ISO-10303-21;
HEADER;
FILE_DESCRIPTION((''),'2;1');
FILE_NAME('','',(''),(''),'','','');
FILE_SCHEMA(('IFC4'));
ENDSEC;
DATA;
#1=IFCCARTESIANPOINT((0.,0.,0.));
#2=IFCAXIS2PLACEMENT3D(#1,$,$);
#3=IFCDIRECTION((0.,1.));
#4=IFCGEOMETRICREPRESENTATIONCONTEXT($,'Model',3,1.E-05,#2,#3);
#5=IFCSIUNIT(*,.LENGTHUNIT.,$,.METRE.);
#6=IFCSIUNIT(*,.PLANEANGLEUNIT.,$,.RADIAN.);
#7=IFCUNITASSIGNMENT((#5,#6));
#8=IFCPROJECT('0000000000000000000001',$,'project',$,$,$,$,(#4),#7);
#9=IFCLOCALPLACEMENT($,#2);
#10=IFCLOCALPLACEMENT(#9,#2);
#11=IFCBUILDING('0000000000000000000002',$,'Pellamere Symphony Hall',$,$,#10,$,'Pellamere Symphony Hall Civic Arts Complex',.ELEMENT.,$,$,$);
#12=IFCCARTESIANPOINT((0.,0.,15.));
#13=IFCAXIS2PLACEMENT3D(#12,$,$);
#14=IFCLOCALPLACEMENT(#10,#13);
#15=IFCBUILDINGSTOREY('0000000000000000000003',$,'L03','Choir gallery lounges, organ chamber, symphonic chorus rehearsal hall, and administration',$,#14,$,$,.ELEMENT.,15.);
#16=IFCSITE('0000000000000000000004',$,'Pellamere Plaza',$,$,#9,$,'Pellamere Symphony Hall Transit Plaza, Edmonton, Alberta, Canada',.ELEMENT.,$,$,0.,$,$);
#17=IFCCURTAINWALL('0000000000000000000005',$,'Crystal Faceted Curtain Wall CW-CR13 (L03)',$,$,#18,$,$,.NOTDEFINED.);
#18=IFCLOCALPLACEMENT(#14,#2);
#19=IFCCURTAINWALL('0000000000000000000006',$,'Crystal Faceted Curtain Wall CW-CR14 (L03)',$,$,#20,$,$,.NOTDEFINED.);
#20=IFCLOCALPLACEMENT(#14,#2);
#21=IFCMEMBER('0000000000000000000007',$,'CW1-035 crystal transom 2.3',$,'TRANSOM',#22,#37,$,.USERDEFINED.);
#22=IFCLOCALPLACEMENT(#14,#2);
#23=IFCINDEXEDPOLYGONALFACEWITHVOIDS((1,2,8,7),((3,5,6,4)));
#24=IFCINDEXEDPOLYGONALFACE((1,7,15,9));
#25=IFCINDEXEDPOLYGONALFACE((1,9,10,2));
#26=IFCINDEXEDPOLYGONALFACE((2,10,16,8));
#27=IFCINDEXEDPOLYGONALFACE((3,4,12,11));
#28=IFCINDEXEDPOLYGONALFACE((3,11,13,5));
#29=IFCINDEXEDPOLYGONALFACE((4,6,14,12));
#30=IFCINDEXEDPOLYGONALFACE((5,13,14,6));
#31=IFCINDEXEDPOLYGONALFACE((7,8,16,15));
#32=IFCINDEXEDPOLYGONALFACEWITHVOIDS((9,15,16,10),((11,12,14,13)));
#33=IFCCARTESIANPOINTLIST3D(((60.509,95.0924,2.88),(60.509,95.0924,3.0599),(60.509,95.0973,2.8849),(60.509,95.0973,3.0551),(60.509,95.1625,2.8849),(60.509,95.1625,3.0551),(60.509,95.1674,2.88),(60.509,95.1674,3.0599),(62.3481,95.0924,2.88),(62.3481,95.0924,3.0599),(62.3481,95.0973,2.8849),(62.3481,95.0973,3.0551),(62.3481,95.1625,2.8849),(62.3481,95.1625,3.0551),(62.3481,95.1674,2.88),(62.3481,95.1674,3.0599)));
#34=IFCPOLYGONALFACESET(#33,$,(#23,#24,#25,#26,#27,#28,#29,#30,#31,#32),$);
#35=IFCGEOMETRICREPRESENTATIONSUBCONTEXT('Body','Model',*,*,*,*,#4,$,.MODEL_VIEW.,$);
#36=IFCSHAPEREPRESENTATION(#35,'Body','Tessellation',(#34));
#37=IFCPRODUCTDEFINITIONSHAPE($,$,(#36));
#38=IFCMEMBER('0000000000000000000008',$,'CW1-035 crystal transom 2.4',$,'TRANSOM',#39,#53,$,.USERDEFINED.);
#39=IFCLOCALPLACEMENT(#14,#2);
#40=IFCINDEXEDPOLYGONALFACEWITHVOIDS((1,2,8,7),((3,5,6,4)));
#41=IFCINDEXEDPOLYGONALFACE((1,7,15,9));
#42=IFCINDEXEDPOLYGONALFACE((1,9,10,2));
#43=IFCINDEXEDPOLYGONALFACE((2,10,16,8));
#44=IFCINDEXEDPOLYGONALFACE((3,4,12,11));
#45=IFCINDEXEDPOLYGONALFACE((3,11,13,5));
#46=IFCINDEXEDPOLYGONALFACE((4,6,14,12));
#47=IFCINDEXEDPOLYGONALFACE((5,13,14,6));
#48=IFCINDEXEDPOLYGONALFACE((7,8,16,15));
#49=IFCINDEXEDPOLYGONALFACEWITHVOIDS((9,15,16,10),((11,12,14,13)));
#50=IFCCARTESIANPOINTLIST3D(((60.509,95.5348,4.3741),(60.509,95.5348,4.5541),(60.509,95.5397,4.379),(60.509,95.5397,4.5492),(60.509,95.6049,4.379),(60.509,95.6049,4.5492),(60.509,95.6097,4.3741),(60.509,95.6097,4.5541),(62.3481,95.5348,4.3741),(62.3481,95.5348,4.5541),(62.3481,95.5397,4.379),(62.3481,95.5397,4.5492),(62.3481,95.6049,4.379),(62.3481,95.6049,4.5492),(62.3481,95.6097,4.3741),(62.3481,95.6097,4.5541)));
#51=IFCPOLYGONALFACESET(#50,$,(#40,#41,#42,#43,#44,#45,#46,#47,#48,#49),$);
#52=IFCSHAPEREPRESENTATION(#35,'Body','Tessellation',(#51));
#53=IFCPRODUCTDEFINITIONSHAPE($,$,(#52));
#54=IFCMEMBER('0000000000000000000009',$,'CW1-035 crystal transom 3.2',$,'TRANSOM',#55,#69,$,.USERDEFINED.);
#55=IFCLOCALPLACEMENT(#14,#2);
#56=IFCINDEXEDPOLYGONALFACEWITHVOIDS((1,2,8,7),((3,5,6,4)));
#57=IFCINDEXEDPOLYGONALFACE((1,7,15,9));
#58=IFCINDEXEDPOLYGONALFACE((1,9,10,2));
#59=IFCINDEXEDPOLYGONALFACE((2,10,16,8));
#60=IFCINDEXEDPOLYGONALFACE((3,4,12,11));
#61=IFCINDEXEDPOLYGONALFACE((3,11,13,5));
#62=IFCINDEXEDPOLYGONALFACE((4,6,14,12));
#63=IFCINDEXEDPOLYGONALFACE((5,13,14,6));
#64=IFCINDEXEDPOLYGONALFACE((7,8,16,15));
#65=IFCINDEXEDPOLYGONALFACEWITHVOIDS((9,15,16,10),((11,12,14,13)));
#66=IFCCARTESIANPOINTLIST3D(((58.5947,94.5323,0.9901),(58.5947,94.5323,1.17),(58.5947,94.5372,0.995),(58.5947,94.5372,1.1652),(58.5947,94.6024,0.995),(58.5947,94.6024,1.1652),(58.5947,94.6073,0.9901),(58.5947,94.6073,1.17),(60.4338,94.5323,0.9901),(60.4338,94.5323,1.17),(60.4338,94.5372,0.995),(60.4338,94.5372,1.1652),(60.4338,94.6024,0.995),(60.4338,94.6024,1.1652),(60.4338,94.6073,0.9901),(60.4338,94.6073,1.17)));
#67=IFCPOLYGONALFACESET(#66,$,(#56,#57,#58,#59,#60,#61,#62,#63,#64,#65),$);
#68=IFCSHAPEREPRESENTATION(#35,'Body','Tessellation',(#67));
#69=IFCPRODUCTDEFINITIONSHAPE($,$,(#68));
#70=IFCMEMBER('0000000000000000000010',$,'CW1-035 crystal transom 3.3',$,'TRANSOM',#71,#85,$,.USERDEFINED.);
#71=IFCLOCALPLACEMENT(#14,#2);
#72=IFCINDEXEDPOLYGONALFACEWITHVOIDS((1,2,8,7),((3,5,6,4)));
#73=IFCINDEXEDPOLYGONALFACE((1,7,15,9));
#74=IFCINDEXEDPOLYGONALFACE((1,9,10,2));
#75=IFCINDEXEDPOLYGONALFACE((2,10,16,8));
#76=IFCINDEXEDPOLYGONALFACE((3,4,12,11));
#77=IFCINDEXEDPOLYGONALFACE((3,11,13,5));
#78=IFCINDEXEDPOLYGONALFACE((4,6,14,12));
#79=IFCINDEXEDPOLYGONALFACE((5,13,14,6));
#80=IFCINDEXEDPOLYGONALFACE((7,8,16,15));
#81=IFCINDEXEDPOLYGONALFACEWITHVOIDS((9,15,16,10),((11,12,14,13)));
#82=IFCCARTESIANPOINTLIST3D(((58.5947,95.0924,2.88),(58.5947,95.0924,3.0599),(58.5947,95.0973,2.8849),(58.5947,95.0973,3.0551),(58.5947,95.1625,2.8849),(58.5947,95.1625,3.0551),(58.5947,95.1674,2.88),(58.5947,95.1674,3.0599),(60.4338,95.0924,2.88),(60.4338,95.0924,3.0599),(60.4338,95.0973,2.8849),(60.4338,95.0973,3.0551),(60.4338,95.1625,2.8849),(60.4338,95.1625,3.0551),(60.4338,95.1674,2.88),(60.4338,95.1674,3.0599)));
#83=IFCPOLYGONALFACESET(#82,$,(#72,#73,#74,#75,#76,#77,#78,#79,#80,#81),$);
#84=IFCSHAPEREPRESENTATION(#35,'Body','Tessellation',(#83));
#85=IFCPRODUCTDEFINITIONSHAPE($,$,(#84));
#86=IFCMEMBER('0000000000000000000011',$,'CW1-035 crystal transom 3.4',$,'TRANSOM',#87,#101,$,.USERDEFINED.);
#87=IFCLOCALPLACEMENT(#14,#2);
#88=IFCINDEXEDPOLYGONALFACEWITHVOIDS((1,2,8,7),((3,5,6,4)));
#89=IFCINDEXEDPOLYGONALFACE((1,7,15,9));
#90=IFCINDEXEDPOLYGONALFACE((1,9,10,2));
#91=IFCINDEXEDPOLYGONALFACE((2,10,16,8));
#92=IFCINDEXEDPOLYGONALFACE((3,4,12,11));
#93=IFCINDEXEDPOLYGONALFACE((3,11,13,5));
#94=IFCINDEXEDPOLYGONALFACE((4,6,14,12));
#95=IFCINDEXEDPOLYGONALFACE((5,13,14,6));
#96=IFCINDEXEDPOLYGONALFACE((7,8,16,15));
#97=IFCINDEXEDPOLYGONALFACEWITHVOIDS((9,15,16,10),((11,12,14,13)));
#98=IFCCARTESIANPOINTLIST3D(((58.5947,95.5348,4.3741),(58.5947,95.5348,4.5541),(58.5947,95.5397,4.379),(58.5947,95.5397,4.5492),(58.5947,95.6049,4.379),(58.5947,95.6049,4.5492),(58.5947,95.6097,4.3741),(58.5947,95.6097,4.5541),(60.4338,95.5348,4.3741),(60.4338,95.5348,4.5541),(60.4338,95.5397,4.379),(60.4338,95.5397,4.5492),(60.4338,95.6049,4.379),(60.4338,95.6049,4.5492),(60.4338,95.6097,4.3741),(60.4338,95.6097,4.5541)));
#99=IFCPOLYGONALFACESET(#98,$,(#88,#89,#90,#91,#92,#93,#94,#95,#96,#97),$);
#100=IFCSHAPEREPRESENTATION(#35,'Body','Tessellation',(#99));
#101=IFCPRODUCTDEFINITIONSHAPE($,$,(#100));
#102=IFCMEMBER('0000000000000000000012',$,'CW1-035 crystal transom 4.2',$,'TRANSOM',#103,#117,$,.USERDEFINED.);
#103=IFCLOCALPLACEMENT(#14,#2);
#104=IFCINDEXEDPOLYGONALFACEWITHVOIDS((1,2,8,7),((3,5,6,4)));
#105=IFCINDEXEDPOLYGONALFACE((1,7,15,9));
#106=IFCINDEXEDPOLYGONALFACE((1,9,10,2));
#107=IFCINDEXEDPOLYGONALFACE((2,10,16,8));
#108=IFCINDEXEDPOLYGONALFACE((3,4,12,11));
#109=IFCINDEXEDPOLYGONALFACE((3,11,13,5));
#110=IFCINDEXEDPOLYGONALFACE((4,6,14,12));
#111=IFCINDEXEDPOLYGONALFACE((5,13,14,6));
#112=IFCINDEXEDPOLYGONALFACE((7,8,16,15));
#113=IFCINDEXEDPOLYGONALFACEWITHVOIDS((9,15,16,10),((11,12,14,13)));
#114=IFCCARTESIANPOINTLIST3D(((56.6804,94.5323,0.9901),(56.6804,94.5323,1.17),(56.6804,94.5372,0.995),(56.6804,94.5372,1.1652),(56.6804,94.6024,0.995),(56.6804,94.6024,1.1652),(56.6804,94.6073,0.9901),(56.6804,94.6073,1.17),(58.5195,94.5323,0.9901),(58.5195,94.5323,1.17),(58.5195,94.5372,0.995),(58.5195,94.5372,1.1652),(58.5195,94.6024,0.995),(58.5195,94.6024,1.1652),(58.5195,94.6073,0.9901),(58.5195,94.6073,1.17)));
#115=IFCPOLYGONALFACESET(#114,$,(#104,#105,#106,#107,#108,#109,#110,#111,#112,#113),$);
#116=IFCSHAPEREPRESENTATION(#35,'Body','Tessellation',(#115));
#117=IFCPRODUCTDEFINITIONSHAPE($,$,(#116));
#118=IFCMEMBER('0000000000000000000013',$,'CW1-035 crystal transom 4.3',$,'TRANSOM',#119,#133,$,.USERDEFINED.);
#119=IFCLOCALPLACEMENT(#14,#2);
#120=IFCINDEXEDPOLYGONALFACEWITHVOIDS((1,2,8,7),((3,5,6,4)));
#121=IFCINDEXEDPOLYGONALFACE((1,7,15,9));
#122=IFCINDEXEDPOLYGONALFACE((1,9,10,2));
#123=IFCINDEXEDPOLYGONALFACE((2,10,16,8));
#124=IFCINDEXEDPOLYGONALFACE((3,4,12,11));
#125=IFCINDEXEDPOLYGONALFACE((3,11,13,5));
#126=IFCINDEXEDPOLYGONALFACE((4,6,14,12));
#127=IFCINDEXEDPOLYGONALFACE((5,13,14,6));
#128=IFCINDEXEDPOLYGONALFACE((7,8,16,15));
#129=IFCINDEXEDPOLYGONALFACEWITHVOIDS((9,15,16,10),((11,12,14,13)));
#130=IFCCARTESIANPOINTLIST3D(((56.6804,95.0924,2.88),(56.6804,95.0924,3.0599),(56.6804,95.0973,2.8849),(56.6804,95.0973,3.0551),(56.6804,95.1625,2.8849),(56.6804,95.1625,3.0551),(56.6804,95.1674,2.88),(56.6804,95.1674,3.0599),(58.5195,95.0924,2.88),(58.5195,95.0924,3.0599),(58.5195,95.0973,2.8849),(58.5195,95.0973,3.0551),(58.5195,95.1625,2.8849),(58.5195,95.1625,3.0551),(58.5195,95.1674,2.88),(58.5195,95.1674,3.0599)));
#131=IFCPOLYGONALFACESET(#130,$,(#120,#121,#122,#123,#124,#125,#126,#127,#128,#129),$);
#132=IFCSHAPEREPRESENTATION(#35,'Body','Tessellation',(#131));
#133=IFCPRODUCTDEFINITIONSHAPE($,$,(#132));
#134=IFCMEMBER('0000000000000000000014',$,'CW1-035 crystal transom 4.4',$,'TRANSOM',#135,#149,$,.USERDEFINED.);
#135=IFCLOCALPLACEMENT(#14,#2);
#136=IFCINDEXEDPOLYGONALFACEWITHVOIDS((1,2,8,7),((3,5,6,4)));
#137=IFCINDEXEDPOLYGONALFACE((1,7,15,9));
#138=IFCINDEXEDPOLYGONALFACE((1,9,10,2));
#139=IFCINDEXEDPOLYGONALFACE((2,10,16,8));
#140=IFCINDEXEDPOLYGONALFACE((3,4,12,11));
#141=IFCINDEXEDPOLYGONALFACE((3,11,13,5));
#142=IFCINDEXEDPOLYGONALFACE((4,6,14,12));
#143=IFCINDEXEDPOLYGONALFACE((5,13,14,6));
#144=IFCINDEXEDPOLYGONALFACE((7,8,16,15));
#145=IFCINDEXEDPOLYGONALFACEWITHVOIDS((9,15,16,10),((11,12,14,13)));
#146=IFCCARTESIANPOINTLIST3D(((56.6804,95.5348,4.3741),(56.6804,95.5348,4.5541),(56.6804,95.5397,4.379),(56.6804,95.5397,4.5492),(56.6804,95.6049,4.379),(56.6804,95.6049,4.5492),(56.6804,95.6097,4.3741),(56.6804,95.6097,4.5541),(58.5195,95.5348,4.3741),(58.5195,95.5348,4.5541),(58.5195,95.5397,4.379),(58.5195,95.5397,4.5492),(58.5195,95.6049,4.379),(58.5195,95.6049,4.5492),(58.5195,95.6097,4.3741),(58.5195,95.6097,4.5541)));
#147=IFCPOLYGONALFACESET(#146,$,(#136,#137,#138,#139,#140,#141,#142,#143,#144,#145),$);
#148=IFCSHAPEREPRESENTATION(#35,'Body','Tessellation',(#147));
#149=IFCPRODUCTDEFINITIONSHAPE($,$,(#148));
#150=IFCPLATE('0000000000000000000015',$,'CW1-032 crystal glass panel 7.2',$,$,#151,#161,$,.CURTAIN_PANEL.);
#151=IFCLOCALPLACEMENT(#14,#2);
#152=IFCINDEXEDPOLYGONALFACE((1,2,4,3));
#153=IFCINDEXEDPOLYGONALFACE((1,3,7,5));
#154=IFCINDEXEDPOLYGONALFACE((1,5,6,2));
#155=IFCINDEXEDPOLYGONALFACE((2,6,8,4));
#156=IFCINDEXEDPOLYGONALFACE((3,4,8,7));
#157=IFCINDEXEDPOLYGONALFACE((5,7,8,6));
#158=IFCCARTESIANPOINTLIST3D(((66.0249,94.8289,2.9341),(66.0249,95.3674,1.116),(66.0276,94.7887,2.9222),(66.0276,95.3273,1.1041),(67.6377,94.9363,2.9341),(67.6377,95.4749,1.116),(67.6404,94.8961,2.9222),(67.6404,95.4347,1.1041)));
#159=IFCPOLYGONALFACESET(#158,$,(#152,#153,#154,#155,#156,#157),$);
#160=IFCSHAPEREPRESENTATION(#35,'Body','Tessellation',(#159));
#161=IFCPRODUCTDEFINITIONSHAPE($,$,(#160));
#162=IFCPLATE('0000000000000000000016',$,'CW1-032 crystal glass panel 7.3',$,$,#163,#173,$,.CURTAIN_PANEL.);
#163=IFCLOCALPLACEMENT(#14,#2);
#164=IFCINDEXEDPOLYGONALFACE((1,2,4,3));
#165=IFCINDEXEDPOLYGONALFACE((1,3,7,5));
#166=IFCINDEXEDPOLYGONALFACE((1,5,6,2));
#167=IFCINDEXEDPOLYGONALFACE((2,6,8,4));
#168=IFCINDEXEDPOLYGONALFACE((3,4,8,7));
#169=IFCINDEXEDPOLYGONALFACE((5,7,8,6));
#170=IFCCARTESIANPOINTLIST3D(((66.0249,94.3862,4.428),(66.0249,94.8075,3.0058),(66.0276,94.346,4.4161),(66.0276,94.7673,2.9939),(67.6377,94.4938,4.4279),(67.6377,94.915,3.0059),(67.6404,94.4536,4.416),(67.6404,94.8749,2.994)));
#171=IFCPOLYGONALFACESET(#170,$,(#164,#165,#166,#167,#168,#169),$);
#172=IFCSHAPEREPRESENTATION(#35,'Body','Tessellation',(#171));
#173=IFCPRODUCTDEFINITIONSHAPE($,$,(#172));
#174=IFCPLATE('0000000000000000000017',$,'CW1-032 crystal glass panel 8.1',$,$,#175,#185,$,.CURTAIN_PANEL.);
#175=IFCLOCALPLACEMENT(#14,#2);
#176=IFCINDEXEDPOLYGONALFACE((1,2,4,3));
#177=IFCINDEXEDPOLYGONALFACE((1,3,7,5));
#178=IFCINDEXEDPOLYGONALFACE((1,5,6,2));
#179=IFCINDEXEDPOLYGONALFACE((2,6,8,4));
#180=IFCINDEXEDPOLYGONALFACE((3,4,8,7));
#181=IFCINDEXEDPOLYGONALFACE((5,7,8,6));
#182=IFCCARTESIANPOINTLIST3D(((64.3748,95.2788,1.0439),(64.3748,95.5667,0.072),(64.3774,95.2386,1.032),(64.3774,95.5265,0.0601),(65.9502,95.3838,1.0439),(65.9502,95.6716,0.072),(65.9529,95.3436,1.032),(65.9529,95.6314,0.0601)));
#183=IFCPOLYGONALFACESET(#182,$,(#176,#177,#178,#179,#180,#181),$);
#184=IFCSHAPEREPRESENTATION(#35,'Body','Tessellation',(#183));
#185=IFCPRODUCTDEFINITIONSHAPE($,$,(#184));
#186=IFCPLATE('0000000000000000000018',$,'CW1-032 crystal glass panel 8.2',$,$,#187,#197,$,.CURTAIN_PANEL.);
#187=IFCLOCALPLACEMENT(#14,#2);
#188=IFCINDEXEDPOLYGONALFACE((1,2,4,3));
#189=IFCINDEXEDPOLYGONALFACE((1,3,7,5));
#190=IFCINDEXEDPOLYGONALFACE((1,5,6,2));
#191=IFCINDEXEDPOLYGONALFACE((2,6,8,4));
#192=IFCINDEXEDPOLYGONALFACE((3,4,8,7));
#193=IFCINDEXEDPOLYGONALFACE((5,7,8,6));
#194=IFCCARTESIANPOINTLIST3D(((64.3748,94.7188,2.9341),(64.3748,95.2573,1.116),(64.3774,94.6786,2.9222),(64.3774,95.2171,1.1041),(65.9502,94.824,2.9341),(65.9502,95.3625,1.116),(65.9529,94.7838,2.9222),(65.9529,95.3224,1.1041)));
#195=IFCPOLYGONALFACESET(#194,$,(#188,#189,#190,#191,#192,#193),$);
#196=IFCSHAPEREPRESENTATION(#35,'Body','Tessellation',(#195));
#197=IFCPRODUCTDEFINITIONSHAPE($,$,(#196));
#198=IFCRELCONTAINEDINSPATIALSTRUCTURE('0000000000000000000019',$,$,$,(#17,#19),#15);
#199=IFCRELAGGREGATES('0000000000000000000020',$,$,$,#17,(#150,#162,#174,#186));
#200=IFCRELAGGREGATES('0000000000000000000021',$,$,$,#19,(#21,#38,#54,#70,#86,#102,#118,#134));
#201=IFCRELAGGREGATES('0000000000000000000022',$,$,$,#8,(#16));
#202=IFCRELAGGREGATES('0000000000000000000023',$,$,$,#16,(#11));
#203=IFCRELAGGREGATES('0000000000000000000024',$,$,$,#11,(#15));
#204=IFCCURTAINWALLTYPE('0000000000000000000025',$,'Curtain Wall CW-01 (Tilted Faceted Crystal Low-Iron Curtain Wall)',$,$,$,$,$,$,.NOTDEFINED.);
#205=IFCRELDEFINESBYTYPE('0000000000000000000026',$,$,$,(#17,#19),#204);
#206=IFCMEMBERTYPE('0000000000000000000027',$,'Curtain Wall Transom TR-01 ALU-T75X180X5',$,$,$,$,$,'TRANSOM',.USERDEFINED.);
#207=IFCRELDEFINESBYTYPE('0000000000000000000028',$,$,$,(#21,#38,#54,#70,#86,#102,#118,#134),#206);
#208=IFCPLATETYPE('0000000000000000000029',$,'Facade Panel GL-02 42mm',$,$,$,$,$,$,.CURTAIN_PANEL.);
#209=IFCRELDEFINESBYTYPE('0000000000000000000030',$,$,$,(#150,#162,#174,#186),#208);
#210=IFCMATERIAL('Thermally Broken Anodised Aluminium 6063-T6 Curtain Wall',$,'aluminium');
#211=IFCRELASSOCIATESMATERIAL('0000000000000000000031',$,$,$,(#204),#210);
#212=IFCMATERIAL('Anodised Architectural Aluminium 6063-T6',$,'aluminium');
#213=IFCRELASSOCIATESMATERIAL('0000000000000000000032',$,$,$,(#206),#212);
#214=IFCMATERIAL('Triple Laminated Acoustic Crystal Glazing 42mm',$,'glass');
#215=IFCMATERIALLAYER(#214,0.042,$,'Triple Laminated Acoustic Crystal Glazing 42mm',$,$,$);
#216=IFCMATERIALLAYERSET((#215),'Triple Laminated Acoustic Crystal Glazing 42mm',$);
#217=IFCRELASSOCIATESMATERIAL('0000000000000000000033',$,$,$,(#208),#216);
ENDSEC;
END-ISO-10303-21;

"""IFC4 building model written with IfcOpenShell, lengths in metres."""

from ifc_helpers import new_model, si_unit, direction, frame, origin, origin_2d, place, context, subcontext, project, spatial, polyline, hollow_rectangle, outline, extrude, material, layer, layer_set, material_profile, profile_set, type_object, element, aggregate, save


model = new_model("IFC4")

# Units and contexts
model_context = context("Model", 3, precision=1e-05, world=origin(), true_north=direction((0.0, 1.0)))
body_context = subcontext(model_context, "Body", "Model", "MODEL_VIEW")
ifc_project = project(units=[si_unit("LENGTHUNIT", "METRE"), si_unit("PLANEANGLEUNIT", "RADIAN")], contexts=[model_context])

# Site, building, storey
site_placement = place(None, origin())
site = spatial("IfcSite", under=ifc_project, at=site_placement, Name="Pellamere Plaza", LongName="Pellamere Symphony Hall Transit Plaza, Edmonton, Alberta, Canada", CompositionType="ELEMENT", RefElevation=0.0)
building_placement = place(site_placement, origin())
building = spatial("IfcBuilding", under=site, at=building_placement, Name="Pellamere Symphony Hall", LongName="Pellamere Symphony Hall Civic Arts Complex", CompositionType="ELEMENT")
storey_placement = place(building_placement, frame((0.0, 0.0, 15.0)))
storey = spatial("IfcBuildingStorey", under=building, at=storey_placement, Name="L03", Description="Choir gallery lounges, organ chamber, symphonic chorus rehearsal hall, and administration", CompositionType="ELEMENT", Elevation=15.0)

# Curtain walls, members
ifc_material_1 = material(Name="Thermally Broken Anodised Aluminium 6063-T6 Curtain Wall", Category="aluminium")
curtain_wall_type = type_object("IfcCurtainWallType", Name="Curtain Wall CW-01 (Tilted Faceted Crystal Low-Iron Curtain Wall)", PredefinedType="NOTDEFINED", material=ifc_material_1)
curtain_wall_1_placement = place(storey_placement, origin())
curtain_wall_1 = element("IfcCurtainWall", 1, at=curtain_wall_1_placement, inside=storey, type_object=curtain_wall_type, Name="Crystal Faceted Curtain Wall CW-CR13 (L03)", PredefinedType="NOTDEFINED")
ifc_material_2 = material(Name="Anodised Architectural Aluminium 6063-T6", Category="aluminium")
ifc_material_profile_1 = material_profile(ifc_material_2, hollow_rectangle(XDim=0.075, YDim=0.1799, WallThickness=0.0049, at=origin_2d()), Name="ALU-T75X180X5")
ifc_profile_set_1 = profile_set([ifc_material_profile_1], Name="Anodised Architectural Aluminium 6063-T6")
member_type_1 = type_object("IfcMemberType", Name="Curtain Wall Transom TR-01 ALU-T75X180X5", ElementType="TRANSOM", PredefinedType="USERDEFINED", material=ifc_profile_set_1)
curtain_wall_2_placement = place(storey_placement, origin())
curtain_wall_2 = element("IfcCurtainWall", 2, at=curtain_wall_2_placement, inside=storey, type_object=curtain_wall_type, Name="Crystal Faceted Curtain Wall CW-CR14 (L03)", PredefinedType="NOTDEFINED")
member_1_placement = place(storey_placement, frame((62.3481, 95.1299, 2.97), z_axis=(-1.0, 0.0, 0.0), x_axis=(0.0, -1.0, 0.0)))
member_1 = element("IfcMember", 3, at=member_1_placement, type_object=member_type_1, Name="CW1-035 crystal transom 2.3", ObjectType="TRANSOM", PredefinedType="USERDEFINED", context=body_context, shape_type="SweptSolid", body=[
    extrude(hollow_rectangle(XDim=0.075, YDim=0.1799, WallThickness=0.0049, at=origin_2d()), origin(), (0.0, 0.0, 1.0), 1.8391),
])
member_2_placement = place(storey_placement, frame((62.3481, 95.5723, 4.4641), z_axis=(-1.0, 0.0, 0.0), x_axis=(0.0, -1.0, 0.0)))
member_2 = element("IfcMember", 4, at=member_2_placement, type_object=member_type_1, Name="CW1-035 crystal transom 2.4", ObjectType="TRANSOM", PredefinedType="USERDEFINED", context=body_context, shape_type="SweptSolid", body=[
    extrude(hollow_rectangle(XDim=0.075, YDim=0.1799, WallThickness=0.0049, at=origin_2d()), origin(), (0.0, 0.0, 1.0), 1.8391),
])
member_3_placement = place(storey_placement, frame((60.4338, 94.5698, 1.0801), z_axis=(-1.0, 0.0, 0.0), x_axis=(0.0, -1.0, 0.0)))
member_3 = element("IfcMember", 5, at=member_3_placement, type_object=member_type_1, Name="CW1-035 crystal transom 3.2", ObjectType="TRANSOM", PredefinedType="USERDEFINED", context=body_context, shape_type="SweptSolid", body=[
    extrude(hollow_rectangle(XDim=0.075, YDim=0.1799, WallThickness=0.0049, at=origin_2d()), origin(), (0.0, 0.0, 1.0), 1.8391),
])
member_4_placement = place(storey_placement, frame((60.4338, 95.1299, 2.97), z_axis=(-1.0, 0.0, 0.0), x_axis=(0.0, -1.0, 0.0)))
member_4 = element("IfcMember", 6, at=member_4_placement, type_object=member_type_1, Name="CW1-035 crystal transom 3.3", ObjectType="TRANSOM", PredefinedType="USERDEFINED", context=body_context, shape_type="SweptSolid", body=[
    extrude(hollow_rectangle(XDim=0.075, YDim=0.1799, WallThickness=0.0049, at=origin_2d()), origin(), (0.0, 0.0, 1.0), 1.8391),
])
member_5_placement = place(storey_placement, frame((60.4338, 95.5723, 4.4641), z_axis=(-1.0, 0.0, 0.0), x_axis=(0.0, -1.0, 0.0)))
member_5 = element("IfcMember", 7, at=member_5_placement, type_object=member_type_1, Name="CW1-035 crystal transom 3.4", ObjectType="TRANSOM", PredefinedType="USERDEFINED", context=body_context, shape_type="SweptSolid", body=[
    extrude(hollow_rectangle(XDim=0.075, YDim=0.1799, WallThickness=0.0049, at=origin_2d()), origin(), (0.0, 0.0, 1.0), 1.8391),
])
member_6_placement = place(storey_placement, frame((58.5195, 94.5698, 1.0801), z_axis=(-1.0, 0.0, 0.0), x_axis=(0.0, -1.0, 0.0)))
member_6 = element("IfcMember", 8, at=member_6_placement, type_object=member_type_1, Name="CW1-035 crystal transom 4.2", ObjectType="TRANSOM", PredefinedType="USERDEFINED", context=body_context, shape_type="SweptSolid", body=[
    extrude(hollow_rectangle(XDim=0.075, YDim=0.1799, WallThickness=0.0049, at=origin_2d()), origin(), (0.0, 0.0, 1.0), 1.8391),
])
member_7_placement = place(storey_placement, frame((58.5195, 95.1299, 2.97), z_axis=(-1.0, 0.0, 0.0), x_axis=(0.0, -1.0, 0.0)))
member_7 = element("IfcMember", 9, at=member_7_placement, type_object=member_type_1, Name="CW1-035 crystal transom 4.3", ObjectType="TRANSOM", PredefinedType="USERDEFINED", context=body_context, shape_type="SweptSolid", body=[
    extrude(hollow_rectangle(XDim=0.075, YDim=0.1799, WallThickness=0.0049, at=origin_2d()), origin(), (0.0, 0.0, 1.0), 1.8391),
])
member_8_placement = place(storey_placement, frame((58.5195, 95.5723, 4.4641), z_axis=(-1.0, 0.0, 0.0), x_axis=(0.0, -1.0, 0.0)))
member_8 = element("IfcMember", 10, at=member_8_placement, type_object=member_type_1, Name="CW1-035 crystal transom 4.4", ObjectType="TRANSOM", PredefinedType="USERDEFINED", context=body_context, shape_type="SweptSolid", body=[
    extrude(hollow_rectangle(XDim=0.075, YDim=0.1799, WallThickness=0.0049, at=origin_2d()), origin(), (0.0, 0.0, 1.0), 1.8391),
])

# Plates
ifc_material_3 = material(Name="Triple Laminated Acoustic Crystal Glazing 42mm", Category="glass")
ifc_layer = layer(ifc_material_3, 0.042, Name="Triple Laminated Acoustic Crystal Glazing 42mm")
ifc_layer_set = layer_set([ifc_layer], Name="Triple Laminated Acoustic Crystal Glazing 42mm")
plate_type = type_object("IfcPlateType", Name="Facade Panel GL-02 42mm", PredefinedType="CURTAIN_PANEL", material=ifc_layer_set)
plate_1_placement = place(storey_placement, frame((67.6377, 95.4749, 1.116), z_axis=(-0.063733, 0.956867, 0.28345), x_axis=(-0.997789, -0.066459, 0.0)))
plate_1 = element("IfcPlate", 11, at=plate_1_placement, type_object=plate_type, Name="CW1-032 crystal glass panel 7.2", PredefinedType="CURTAIN_PANEL", context=body_context, shape_type="SweptSolid", body=[
    extrude(outline(polyline([(0.0, 0.0), (1.6164, 0.0), (1.6522, 1.8959), (0.0358, 1.8959), (0.0, 0.0)])), origin(), (0.0, 0.0, -1.0), 0.042),
])
plate_2_placement = place(storey_placement, frame((67.6377, 94.915, 3.0059), z_axis=(-0.063805, 0.956863, 0.283445), x_axis=(-0.997785, -0.066528, -0.00002)))
plate_2 = element("IfcPlate", 12, at=plate_2_placement, type_object=plate_type, Name="CW1-032 crystal glass panel 7.3", PredefinedType="CURTAIN_PANEL", context=body_context, shape_type="SweptSolid", body=[
    extrude(outline(polyline([(0.0, 0.0), (1.6164, 0.0), (1.6444, 1.483), (0.028, 1.4829), (0.0, 0.0)])), origin(), (0.0, 0.0, -1.0), 0.042),
])
plate_3_placement = place(storey_placement, frame((65.9502, 95.6716, 0.072), z_axis=(-0.063763, 0.956883, 0.283387), x_axis=(-0.997787, -0.066488, 0.0)))
plate_3 = element("IfcPlate", 13, at=plate_3_placement, type_object=plate_type, Name="CW1-032 crystal glass panel 8.1", PredefinedType="CURTAIN_PANEL", context=body_context, shape_type="SweptSolid", body=[
    extrude(outline(polyline([(0.0, 0.0), (1.5789, 0.0), (1.5981, 1.0135), (0.0191, 1.0135), (0.0, 0.0)])), origin(), (0.0, 0.0, -1.0), 0.042),
])
plate_4_placement = place(storey_placement, frame((65.9502, 95.3625, 1.116), z_axis=(-0.063909, 0.956856, 0.283446), x_axis=(-0.997777, -0.066642, 0.0)))
plate_4 = element("IfcPlate", 14, at=plate_4_placement, type_object=plate_type, Name="CW1-032 crystal glass panel 8.2", PredefinedType="CURTAIN_PANEL", context=body_context, shape_type="SweptSolid", body=[
    extrude(outline(polyline([(0.0, 0.0), (1.5789, 0.0), (1.6148, 1.8959), (0.0359, 1.8959), (0.0, 0.0)])), origin(), (0.0, 0.0, -1.0), 0.042),
])
aggregate(curtain_wall_1, [plate_1, plate_2, plate_3, plate_4])
aggregate(curtain_wall_2, [member_1, member_2, member_3, member_4, member_5, member_6, member_7, member_8])

save(model, "model.ifc")
